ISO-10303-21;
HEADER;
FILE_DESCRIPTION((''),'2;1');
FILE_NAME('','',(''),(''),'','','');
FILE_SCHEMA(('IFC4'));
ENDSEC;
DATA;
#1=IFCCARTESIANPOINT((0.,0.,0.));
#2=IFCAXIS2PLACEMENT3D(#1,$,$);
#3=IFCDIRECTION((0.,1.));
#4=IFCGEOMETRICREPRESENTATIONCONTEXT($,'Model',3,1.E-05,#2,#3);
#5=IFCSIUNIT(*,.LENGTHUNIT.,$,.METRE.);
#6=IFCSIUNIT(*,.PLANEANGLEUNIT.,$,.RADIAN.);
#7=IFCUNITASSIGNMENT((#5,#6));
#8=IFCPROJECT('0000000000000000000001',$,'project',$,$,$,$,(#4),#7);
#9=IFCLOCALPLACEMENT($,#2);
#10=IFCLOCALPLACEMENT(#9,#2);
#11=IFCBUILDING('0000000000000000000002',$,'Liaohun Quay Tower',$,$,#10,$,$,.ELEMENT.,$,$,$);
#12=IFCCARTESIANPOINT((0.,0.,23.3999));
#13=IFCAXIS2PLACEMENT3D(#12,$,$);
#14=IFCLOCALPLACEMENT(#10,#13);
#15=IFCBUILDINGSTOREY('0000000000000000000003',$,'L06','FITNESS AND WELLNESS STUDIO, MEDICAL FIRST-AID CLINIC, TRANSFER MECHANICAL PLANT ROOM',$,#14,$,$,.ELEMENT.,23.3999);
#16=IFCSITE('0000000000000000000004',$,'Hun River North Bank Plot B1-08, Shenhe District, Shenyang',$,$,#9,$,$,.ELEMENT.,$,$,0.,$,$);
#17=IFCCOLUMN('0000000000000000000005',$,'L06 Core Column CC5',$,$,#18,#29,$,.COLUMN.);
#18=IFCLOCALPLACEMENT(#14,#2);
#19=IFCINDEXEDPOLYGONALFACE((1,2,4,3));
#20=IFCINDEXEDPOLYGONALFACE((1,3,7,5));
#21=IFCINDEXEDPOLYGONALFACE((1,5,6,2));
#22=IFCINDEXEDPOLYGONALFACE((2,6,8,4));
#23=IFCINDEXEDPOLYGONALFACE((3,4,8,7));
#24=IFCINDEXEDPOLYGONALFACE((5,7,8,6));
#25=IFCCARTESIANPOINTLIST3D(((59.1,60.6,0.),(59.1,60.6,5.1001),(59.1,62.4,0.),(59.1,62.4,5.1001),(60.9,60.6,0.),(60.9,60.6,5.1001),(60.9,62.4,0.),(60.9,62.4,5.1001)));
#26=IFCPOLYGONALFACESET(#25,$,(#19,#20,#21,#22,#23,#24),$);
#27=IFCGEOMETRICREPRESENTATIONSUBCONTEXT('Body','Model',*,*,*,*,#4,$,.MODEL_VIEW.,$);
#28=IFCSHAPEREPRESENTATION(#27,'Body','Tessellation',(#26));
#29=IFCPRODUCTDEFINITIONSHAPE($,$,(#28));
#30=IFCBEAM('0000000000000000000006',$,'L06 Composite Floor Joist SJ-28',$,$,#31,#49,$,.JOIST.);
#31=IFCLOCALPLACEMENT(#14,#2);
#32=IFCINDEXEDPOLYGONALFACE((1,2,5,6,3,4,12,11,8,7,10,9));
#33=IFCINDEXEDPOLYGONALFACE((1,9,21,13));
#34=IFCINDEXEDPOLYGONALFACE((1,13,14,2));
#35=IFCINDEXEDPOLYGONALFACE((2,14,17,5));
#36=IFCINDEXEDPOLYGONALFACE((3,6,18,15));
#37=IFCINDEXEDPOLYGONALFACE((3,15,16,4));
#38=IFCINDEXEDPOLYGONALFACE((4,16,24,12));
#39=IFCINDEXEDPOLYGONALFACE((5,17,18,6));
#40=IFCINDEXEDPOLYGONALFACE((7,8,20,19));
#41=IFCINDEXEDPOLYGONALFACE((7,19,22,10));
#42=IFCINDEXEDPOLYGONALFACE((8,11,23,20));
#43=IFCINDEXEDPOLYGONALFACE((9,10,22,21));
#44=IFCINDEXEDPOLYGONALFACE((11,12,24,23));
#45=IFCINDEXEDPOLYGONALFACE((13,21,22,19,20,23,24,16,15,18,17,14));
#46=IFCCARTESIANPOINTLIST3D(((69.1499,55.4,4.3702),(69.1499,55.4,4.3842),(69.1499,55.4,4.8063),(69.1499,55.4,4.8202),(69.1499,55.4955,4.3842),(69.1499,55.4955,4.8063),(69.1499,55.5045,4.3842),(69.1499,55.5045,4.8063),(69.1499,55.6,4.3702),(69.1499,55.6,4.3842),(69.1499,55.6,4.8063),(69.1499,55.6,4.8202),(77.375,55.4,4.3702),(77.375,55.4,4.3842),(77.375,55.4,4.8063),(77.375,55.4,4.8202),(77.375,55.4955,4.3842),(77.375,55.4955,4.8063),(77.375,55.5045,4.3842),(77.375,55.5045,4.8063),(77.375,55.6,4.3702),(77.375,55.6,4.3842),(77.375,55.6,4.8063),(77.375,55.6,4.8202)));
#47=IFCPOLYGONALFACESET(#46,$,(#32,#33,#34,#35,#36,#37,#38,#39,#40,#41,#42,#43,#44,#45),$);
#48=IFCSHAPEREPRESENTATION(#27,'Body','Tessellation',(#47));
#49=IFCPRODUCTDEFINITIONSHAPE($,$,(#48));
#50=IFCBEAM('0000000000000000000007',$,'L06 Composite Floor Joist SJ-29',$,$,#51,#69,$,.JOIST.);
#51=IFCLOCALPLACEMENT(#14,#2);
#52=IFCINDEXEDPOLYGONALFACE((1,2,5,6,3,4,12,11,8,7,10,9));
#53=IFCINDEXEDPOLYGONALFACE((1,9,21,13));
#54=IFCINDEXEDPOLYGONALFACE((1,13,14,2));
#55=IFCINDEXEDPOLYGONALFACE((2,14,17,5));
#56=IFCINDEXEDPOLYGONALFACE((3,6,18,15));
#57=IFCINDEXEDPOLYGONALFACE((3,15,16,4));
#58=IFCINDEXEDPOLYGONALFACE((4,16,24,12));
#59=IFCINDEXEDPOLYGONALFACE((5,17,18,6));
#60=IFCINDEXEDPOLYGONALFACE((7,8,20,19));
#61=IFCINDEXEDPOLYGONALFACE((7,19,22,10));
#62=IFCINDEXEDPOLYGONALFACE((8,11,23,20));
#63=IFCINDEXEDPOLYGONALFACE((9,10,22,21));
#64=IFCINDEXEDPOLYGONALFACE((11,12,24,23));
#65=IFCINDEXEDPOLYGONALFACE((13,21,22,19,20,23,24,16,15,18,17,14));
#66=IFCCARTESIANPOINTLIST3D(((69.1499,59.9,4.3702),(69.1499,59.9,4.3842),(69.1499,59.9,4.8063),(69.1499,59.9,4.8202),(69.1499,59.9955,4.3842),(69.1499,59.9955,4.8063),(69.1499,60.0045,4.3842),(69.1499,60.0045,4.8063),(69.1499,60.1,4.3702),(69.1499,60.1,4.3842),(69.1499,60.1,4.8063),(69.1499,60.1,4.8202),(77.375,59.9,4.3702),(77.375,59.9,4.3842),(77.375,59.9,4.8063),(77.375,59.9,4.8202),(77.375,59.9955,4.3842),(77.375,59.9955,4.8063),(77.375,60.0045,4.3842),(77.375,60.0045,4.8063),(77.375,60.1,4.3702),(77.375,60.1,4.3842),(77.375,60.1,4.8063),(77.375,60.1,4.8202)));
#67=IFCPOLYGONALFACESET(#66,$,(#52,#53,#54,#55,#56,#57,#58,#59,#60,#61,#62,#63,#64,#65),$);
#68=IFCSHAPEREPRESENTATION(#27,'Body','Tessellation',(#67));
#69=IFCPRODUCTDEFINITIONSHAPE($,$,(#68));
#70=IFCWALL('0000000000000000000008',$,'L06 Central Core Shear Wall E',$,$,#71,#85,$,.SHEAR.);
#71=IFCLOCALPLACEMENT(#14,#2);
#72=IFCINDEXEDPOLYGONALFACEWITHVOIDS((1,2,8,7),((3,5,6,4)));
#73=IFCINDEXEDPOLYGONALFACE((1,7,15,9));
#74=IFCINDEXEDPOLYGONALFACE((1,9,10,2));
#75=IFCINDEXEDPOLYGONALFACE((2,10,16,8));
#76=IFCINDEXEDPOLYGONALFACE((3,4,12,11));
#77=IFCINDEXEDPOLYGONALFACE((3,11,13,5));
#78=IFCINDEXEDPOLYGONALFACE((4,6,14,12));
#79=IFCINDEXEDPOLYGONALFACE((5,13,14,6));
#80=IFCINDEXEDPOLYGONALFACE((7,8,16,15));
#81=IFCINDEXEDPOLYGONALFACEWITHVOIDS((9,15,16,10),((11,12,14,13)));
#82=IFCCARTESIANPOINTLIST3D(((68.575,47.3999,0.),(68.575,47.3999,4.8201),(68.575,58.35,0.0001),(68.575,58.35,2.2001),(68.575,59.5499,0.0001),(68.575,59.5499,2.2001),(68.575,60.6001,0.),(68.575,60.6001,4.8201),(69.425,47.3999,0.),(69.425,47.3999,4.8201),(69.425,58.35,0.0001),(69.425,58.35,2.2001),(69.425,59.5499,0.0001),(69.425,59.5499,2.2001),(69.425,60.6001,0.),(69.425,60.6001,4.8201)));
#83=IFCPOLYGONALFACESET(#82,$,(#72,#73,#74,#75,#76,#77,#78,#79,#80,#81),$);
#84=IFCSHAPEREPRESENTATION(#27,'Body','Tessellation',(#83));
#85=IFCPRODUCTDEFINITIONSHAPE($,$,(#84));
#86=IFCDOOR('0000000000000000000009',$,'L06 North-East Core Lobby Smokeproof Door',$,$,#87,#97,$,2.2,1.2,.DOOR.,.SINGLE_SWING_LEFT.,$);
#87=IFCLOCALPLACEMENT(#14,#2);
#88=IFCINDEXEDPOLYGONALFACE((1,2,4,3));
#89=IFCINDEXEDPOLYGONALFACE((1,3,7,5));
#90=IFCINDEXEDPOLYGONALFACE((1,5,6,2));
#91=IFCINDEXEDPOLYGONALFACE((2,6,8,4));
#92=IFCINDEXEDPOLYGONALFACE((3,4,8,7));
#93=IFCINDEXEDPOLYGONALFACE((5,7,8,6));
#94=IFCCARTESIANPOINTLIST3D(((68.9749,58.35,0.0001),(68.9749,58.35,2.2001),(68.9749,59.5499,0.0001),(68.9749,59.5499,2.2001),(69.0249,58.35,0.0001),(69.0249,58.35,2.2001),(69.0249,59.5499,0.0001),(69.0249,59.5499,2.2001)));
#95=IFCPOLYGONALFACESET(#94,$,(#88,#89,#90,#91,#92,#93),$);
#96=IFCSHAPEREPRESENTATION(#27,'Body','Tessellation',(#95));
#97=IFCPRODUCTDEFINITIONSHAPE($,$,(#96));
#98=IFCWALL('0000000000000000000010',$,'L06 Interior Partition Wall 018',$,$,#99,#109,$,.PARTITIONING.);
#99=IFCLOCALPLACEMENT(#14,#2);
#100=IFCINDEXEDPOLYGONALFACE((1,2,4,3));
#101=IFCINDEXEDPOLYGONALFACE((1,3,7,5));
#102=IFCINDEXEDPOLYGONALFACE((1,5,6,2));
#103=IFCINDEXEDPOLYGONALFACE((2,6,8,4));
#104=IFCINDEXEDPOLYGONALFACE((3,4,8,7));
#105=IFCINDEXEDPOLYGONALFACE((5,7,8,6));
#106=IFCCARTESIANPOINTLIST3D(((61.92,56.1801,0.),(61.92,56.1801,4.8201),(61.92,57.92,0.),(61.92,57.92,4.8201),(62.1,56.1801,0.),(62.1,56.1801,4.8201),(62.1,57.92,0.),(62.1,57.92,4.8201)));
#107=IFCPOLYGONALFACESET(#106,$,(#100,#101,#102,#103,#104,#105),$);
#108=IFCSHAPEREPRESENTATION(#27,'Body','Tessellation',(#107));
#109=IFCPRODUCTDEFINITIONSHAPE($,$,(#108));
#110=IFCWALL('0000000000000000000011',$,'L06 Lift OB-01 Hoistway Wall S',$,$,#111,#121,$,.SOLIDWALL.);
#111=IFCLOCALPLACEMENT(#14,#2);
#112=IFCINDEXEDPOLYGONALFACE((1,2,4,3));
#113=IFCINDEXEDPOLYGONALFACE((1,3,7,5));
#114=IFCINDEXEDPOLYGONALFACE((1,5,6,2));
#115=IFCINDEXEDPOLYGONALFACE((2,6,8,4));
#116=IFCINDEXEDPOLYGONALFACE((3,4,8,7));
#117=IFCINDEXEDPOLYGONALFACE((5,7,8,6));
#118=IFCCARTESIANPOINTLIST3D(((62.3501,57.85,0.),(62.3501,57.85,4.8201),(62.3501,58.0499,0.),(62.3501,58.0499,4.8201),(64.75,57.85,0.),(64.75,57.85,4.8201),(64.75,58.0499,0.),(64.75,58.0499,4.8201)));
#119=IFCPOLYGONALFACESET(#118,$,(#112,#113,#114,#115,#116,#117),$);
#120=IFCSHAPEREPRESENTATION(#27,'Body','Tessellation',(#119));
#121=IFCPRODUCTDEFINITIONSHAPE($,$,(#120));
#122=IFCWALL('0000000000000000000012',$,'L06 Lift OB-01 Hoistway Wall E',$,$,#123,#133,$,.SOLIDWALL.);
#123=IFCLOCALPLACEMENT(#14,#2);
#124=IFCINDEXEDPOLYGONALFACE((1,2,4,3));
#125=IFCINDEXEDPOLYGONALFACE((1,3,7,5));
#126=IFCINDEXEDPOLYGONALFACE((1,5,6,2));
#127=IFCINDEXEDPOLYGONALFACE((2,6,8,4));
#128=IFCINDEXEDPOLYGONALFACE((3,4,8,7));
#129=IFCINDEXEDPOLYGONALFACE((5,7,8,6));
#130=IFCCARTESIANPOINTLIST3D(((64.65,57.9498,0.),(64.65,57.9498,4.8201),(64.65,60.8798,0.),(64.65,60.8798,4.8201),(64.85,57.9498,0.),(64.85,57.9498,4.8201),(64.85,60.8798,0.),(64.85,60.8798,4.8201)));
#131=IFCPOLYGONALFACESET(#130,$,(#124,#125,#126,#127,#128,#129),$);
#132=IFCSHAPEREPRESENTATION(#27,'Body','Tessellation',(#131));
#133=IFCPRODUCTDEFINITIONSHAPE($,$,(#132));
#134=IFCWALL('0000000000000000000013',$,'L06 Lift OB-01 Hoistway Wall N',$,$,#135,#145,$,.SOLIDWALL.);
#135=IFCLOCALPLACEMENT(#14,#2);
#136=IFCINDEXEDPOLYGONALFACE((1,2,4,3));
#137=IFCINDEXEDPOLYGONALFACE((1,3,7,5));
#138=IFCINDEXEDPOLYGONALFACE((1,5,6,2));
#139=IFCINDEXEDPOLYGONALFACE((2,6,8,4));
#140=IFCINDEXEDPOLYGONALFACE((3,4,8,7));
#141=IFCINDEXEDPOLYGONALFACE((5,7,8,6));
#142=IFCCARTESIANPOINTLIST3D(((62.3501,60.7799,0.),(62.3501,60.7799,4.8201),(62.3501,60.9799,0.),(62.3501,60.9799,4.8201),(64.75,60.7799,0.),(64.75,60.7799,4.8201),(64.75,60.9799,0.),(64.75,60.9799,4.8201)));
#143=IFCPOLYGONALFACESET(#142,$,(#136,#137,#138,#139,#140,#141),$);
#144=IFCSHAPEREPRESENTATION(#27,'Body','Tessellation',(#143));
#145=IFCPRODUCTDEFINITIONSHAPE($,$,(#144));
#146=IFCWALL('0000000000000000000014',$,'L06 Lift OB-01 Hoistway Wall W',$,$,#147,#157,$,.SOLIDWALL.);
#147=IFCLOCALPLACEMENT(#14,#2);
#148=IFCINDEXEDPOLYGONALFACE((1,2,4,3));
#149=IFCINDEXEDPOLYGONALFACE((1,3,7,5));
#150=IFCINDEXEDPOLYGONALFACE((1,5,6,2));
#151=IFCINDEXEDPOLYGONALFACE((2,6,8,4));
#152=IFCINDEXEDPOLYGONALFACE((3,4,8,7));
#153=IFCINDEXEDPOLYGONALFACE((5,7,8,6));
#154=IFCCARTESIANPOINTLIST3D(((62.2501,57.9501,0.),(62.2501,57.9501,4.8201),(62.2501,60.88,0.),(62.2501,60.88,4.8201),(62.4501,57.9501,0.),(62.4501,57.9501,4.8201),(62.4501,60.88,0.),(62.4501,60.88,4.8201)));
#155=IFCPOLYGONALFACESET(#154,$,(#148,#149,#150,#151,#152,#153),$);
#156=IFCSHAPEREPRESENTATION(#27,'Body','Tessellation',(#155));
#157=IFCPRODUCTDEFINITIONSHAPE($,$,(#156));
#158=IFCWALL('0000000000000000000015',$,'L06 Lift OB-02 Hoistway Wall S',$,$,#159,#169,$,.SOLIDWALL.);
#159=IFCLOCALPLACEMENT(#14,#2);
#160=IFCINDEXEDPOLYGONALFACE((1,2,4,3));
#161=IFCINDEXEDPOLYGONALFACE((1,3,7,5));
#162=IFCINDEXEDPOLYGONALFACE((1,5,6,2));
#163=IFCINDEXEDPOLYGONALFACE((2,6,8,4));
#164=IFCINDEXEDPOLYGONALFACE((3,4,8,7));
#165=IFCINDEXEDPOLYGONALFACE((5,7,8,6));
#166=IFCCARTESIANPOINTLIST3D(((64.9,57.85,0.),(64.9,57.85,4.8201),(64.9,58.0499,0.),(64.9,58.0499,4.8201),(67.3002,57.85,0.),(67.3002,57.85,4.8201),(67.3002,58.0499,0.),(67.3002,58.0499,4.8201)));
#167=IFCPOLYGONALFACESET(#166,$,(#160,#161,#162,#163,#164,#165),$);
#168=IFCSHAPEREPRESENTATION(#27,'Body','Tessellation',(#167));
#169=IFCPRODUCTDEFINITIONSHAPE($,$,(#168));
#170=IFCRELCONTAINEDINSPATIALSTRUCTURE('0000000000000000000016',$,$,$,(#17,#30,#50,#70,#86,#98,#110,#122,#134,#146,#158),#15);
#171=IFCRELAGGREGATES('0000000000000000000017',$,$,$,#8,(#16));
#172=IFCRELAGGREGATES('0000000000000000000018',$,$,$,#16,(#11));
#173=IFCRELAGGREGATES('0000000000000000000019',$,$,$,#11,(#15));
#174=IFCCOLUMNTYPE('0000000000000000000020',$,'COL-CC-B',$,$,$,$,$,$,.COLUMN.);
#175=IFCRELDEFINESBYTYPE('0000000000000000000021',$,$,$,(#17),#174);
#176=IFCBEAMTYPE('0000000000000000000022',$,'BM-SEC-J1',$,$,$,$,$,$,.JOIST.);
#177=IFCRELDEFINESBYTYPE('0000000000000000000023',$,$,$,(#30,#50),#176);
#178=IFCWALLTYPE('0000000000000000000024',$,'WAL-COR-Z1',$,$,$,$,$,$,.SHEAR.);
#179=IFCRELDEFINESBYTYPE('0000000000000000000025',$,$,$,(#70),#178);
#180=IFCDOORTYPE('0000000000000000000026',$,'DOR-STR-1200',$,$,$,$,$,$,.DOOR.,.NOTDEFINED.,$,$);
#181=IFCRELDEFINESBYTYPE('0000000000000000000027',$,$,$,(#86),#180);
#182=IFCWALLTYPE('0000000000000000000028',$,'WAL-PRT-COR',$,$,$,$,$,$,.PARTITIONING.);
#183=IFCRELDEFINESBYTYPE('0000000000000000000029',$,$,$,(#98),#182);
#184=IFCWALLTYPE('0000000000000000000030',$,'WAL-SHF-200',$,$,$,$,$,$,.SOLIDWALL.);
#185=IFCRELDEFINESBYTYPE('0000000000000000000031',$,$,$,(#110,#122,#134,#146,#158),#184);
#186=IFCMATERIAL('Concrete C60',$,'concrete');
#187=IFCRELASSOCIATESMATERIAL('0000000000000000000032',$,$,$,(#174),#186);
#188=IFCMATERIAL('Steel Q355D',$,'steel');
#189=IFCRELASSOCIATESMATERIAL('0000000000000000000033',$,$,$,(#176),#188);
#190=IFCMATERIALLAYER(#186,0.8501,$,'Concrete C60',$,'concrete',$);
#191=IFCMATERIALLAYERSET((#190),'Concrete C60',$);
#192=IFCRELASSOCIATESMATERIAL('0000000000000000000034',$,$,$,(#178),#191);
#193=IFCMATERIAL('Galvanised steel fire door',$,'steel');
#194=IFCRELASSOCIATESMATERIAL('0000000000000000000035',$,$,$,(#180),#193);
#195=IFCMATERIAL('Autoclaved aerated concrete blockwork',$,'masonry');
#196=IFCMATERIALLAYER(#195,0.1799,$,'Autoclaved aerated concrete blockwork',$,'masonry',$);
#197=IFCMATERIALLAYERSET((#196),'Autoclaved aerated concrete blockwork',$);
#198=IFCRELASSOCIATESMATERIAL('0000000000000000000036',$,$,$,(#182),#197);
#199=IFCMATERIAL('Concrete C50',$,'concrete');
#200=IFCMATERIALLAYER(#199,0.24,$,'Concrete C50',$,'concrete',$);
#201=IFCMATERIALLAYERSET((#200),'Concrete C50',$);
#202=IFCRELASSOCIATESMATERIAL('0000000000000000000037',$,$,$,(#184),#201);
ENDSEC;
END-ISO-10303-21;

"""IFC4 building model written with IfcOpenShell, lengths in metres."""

from ifc_helpers import new_model, si_unit, direction, frame, frame_2d, origin, origin_2d, place, context, subcontext, project, spatial, rectangle, i_section, extrude, source, transform, mapped, material, layer, layer_set, material_profile, profile_set, type_object, element, fill, save


model = new_model("IFC4")

# Units and contexts
model_context = context("Model", 3, precision=1e-05, world=origin(), true_north=direction((0.0, 1.0)))
body_context = subcontext(model_context, "Body", "Model", "MODEL_VIEW")
ifc_project = project(units=[si_unit("LENGTHUNIT", "METRE"), si_unit("PLANEANGLEUNIT", "RADIAN")], contexts=[model_context])

# Site, building, storey
site_placement = place(None, origin())
site = spatial("IfcSite", under=ifc_project, at=site_placement, Name="Hun River North Bank Plot B1-08, Shenhe District, Shenyang", CompositionType="ELEMENT", RefElevation=0.0)
building_placement = place(site_placement, origin())
building = spatial("IfcBuilding", under=site, at=building_placement, Name="Liaohun Quay Tower", CompositionType="ELEMENT")
storey_placement = place(building_placement, frame((0.0, 0.0, 23.3999)))
storey = spatial("IfcBuildingStorey", under=building, at=storey_placement, Name="L06", Description="FITNESS AND WELLNESS STUDIO, MEDICAL FIRST-AID CLINIC, TRANSFER MECHANICAL PLANT ROOM", CompositionType="ELEMENT", Elevation=23.3999)

# Column
ifc_material_1 = material(Name="Concrete C60", Category="concrete")
ifc_material_profile_1 = material_profile(ifc_material_1, rectangle(XDim=1.8, YDim=1.8, at=origin_2d()), Name="RC1800x1800")
ifc_profile_set_1 = profile_set([ifc_material_profile_1], Name="Concrete C60")
column_type = type_object("IfcColumnType", Name="COL-CC-B", PredefinedType="COLUMN", material=ifc_profile_set_1)
shared_shape_1 = source(origin(), body_context, "Body", "SweptSolid", [
    extrude(rectangle(XDim=1.8, YDim=1.8, at=origin_2d()), origin(), (0.0, 0.0, 1.0), 5.1001),
])
column_placement = place(storey_placement, frame((60.0, 61.5, 0.0), z_axis=(0.0, 0.0, 1.0), x_axis=(1.0, 0.0, 0.0)))
element("IfcColumn", 1, at=column_placement, inside=storey, type_object=column_type, Name="L06 Core Column CC5", PredefinedType="COLUMN", context=body_context, shape_type="MappedRepresentation", body=[
    mapped(shared_shape_1, transform((0.0, 0.0, 0.0), x_axis=(1.0, 0.0, 0.0), y_axis=(0.0, 1.0, 0.0), z_axis=(0.0, 0.0, 1.0), scale=1.0)),
])

# Beams
ifc_material_2 = material(Name="Steel Q355D", Category="steel")
ifc_material_profile_2 = material_profile(ifc_material_2, i_section(OverallWidth=0.2, OverallDepth=0.45, WebThickness=0.009, FlangeThickness=0.0139, at=origin_2d()), Name="HN450x200x9x14")
ifc_profile_set_2 = profile_set([ifc_material_profile_2], Name="Steel Q355D")
beam_type = type_object("IfcBeamType", Name="BM-SEC-J1", PredefinedType="JOIST", material=ifc_profile_set_2)
shared_shape_2 = source(origin(), body_context, "Body", "SweptSolid", [
    extrude(i_section(OverallWidth=0.2, OverallDepth=0.45, WebThickness=0.009, FlangeThickness=0.0139, at=origin_2d()), origin(), (0.0, 0.0, 1.0), 8.2251),
])
for number, where, z_axis, x_axis, name in (
    (2, (69.1499, 55.5, 4.5952), (1.0, 0.0, 0.0), (0.0, 1.0, 0.0), "L06 Composite Floor Joist SJ-28"),
    (3, (69.1499, 60.0, 4.5952), (1.0, 0.0, 0.0), (0.0, 1.0, 0.0), "L06 Composite Floor Joist SJ-29"),
):
    element("IfcBeam", number, at=place(storey_placement, frame(where, z_axis=z_axis, x_axis=x_axis)), inside=storey, type_object=beam_type, Name=name, PredefinedType="JOIST", context=body_context, shape_type="MappedRepresentation", body=[
        mapped(shared_shape_2, transform((0.0, 0.0, 0.0), x_axis=(1.0, 0.0, 0.0), y_axis=(0.0, 1.0, 0.0), z_axis=(0.0, 0.0, 1.0), scale=1.0)),
    ])

# Wall, opening, door
ifc_layer_1 = layer(ifc_material_1, 0.8501, Name="Concrete C60", Category="concrete")
ifc_layer_set_1 = layer_set([ifc_layer_1], Name="Concrete C60")
wall_type_1 = type_object("IfcWallType", Name="WAL-COR-Z1", PredefinedType="SHEAR", material=ifc_layer_set_1)
wall_1_placement = place(storey_placement, frame((69.0, 60.6001, 0.0), z_axis=(0.0, 0.0, 1.0), x_axis=(0.0, -1.0, 0.0)))
wall_1 = element("IfcWall", 4, at=wall_1_placement, inside=storey, type_object=wall_type_1, Name="L06 Central Core Shear Wall E", PredefinedType="SHEAR", context=body_context, shape_type="SweptSolid", body=[
    extrude(rectangle(XDim=13.2002, YDim=0.8501, at=frame_2d((6.6001, 0.0))), origin(), (0.0, 0.0, 1.0), 4.8201),
])
shared_shape_3 = source(origin(), body_context, "Body", "SweptSolid", [
    extrude(rectangle(XDim=1.2, YDim=2.2, at=frame_2d((0.6001, 1.1001))), frame((0.0, 0.4351, 0.0), z_axis=(0.0, -1.0, 0.0), x_axis=(1.0, 0.0, 0.0)), (0.0, 0.0, 1.0), 0.8701),
])
opening_1_placement = place(wall_1_placement, frame((1.05, 0.0, 0.0)))
opening_1 = element("IfcOpeningElement", 5, at=opening_1_placement, cuts=wall_1, PredefinedType="OPENING", context=body_context, shape_type="MappedRepresentation", body=[
    mapped(shared_shape_3, transform((0.0, 0.0, 0.0), x_axis=(1.0, 0.0, 0.0), y_axis=(0.0, 1.0, 0.0), z_axis=(0.0, 0.0, 1.0), scale=1.0)),
])
ifc_material_3 = material(Name="Galvanised steel fire door", Category="steel")
door_type_1 = type_object("IfcDoorType", Name="DOR-STR-1200", OperationType="NOTDEFINED", PredefinedType="DOOR", material=ifc_material_3)
shared_shape_4 = source(origin(), body_context, "Body", "SweptSolid", [
    extrude(rectangle(XDim=1.2, YDim=2.2, at=frame_2d((0.6001, 1.1001))), frame((0.0, 0.0249, 0.0), z_axis=(0.0, -1.0, 0.0), x_axis=(1.0, 0.0, 0.0)), (0.0, 0.0, 1.0), 0.05),
])
door_1_placement = place(opening_1_placement, origin())
door_1 = element("IfcDoor", 6, at=door_1_placement, inside=storey, type_object=door_type_1, Name="L06 North-East Core Lobby Smokeproof Door", OperationType="SINGLE_SWING_LEFT", OverallHeight=2.2, OverallWidth=1.2, PredefinedType="DOOR", context=body_context, shape_type="MappedRepresentation", body=[
    mapped(shared_shape_4, transform((0.0, 0.0, 0.0), x_axis=(1.0, 0.0, 0.0), y_axis=(0.0, 1.0, 0.0), z_axis=(0.0, 0.0, 1.0), scale=1.0)),
])
fill(opening_1, door_1)

# Walls
ifc_material_4 = material(Name="Autoclaved aerated concrete blockwork", Category="masonry")
ifc_layer_2 = layer(ifc_material_4, 0.1799, Name="Autoclaved aerated concrete blockwork", Category="masonry")
ifc_layer_set_2 = layer_set([ifc_layer_2], Name="Autoclaved aerated concrete blockwork")
wall_type_2 = type_object("IfcWallType", Name="WAL-PRT-COR", PredefinedType="PARTITIONING", material=ifc_layer_set_2)
wall_2_placement = place(storey_placement, frame((62.01, 56.1799, 0.0), z_axis=(0.0, 0.0, 1.0), x_axis=(0.0, 1.0, 0.0)))
element("IfcWall", 7, at=wall_2_placement, inside=storey, type_object=wall_type_2, Name="L06 Interior Partition Wall 018", PredefinedType="PARTITIONING", context=body_context, shape_type="SweptSolid", body=[
    extrude(rectangle(XDim=1.74, YDim=0.1799, at=frame_2d((0.8701, 0.0))), origin(), (0.0, 0.0, 1.0), 4.8201),
])
ifc_material_5 = material(Name="Concrete C50", Category="concrete")
ifc_layer_3 = layer(ifc_material_5, 0.24, Name="Concrete C50", Category="concrete")
ifc_layer_set_3 = layer_set([ifc_layer_3], Name="Concrete C50")
wall_type_3 = type_object("IfcWallType", Name="WAL-SHF-200", PredefinedType="SOLIDWALL", material=ifc_layer_set_3)
wall_3_placement = place(storey_placement, frame((62.3501, 57.95, 0.0), z_axis=(0.0, 0.0, 1.0), x_axis=(1.0, 0.0, 0.0)))
element("IfcWall", 8, at=wall_3_placement, inside=storey, type_object=wall_type_3, Name="L06 Lift OB-01 Hoistway Wall S", PredefinedType="SOLIDWALL", context=body_context, shape_type="SweptSolid", body=[
    extrude(rectangle(XDim=2.3999, YDim=0.2, at=frame_2d((1.2, 0.0))), origin(), (0.0, 0.0, 1.0), 4.8201),
])
wall_4_placement = place(storey_placement, frame((64.75, 57.95, 0.0), z_axis=(0.0, 0.0, 1.0), x_axis=(0.0, 1.0, 0.0)))
element("IfcWall", 9, at=wall_4_placement, inside=storey, type_object=wall_type_3, Name="L06 Lift OB-01 Hoistway Wall E", PredefinedType="SOLIDWALL", context=body_context, shape_type="SweptSolid", body=[
    extrude(rectangle(XDim=2.9299, YDim=0.2, at=frame_2d((1.4648, 0.0))), origin(), (0.0, 0.0, 1.0), 4.8201),
])
wall_5_placement = place(storey_placement, frame((64.75, 60.8799, 0.0), z_axis=(0.0, 0.0, 1.0), x_axis=(-1.0, 0.0, 0.0)))
element("IfcWall", 10, at=wall_5_placement, inside=storey, type_object=wall_type_3, Name="L06 Lift OB-01 Hoistway Wall N", PredefinedType="SOLIDWALL", context=body_context, shape_type="SweptSolid", body=[
    extrude(rectangle(XDim=2.3999, YDim=0.2, at=frame_2d((1.2, 0.0))), origin(), (0.0, 0.0, 1.0), 4.8201),
])
wall_6_placement = place(storey_placement, frame((62.3501, 60.8799, 0.0), z_axis=(0.0, 0.0, 1.0), x_axis=(0.0, -1.0, 0.0)))
element("IfcWall", 11, at=wall_6_placement, inside=storey, type_object=wall_type_3, Name="L06 Lift OB-01 Hoistway Wall W", PredefinedType="SOLIDWALL", context=body_context, shape_type="SweptSolid", body=[
    extrude(rectangle(XDim=2.9299, YDim=0.2, at=frame_2d((1.4648, 0.0))), origin(), (0.0, 0.0, 1.0), 4.8201),
])
wall_7_placement = place(storey_placement, frame((64.8999, 57.95, 0.0), z_axis=(0.0, 0.0, 1.0), x_axis=(1.0, 0.0, 0.0)))
element("IfcWall", 12, at=wall_7_placement, inside=storey, type_object=wall_type_3, Name="L06 Lift OB-02 Hoistway Wall S", PredefinedType="SOLIDWALL", context=body_context, shape_type="SweptSolid", body=[
    extrude(rectangle(XDim=2.4001, YDim=0.2, at=frame_2d((1.2002, 0.0))), origin(), (0.0, 0.0, 1.0), 4.8201),
])

save(model, "model.ifc")
